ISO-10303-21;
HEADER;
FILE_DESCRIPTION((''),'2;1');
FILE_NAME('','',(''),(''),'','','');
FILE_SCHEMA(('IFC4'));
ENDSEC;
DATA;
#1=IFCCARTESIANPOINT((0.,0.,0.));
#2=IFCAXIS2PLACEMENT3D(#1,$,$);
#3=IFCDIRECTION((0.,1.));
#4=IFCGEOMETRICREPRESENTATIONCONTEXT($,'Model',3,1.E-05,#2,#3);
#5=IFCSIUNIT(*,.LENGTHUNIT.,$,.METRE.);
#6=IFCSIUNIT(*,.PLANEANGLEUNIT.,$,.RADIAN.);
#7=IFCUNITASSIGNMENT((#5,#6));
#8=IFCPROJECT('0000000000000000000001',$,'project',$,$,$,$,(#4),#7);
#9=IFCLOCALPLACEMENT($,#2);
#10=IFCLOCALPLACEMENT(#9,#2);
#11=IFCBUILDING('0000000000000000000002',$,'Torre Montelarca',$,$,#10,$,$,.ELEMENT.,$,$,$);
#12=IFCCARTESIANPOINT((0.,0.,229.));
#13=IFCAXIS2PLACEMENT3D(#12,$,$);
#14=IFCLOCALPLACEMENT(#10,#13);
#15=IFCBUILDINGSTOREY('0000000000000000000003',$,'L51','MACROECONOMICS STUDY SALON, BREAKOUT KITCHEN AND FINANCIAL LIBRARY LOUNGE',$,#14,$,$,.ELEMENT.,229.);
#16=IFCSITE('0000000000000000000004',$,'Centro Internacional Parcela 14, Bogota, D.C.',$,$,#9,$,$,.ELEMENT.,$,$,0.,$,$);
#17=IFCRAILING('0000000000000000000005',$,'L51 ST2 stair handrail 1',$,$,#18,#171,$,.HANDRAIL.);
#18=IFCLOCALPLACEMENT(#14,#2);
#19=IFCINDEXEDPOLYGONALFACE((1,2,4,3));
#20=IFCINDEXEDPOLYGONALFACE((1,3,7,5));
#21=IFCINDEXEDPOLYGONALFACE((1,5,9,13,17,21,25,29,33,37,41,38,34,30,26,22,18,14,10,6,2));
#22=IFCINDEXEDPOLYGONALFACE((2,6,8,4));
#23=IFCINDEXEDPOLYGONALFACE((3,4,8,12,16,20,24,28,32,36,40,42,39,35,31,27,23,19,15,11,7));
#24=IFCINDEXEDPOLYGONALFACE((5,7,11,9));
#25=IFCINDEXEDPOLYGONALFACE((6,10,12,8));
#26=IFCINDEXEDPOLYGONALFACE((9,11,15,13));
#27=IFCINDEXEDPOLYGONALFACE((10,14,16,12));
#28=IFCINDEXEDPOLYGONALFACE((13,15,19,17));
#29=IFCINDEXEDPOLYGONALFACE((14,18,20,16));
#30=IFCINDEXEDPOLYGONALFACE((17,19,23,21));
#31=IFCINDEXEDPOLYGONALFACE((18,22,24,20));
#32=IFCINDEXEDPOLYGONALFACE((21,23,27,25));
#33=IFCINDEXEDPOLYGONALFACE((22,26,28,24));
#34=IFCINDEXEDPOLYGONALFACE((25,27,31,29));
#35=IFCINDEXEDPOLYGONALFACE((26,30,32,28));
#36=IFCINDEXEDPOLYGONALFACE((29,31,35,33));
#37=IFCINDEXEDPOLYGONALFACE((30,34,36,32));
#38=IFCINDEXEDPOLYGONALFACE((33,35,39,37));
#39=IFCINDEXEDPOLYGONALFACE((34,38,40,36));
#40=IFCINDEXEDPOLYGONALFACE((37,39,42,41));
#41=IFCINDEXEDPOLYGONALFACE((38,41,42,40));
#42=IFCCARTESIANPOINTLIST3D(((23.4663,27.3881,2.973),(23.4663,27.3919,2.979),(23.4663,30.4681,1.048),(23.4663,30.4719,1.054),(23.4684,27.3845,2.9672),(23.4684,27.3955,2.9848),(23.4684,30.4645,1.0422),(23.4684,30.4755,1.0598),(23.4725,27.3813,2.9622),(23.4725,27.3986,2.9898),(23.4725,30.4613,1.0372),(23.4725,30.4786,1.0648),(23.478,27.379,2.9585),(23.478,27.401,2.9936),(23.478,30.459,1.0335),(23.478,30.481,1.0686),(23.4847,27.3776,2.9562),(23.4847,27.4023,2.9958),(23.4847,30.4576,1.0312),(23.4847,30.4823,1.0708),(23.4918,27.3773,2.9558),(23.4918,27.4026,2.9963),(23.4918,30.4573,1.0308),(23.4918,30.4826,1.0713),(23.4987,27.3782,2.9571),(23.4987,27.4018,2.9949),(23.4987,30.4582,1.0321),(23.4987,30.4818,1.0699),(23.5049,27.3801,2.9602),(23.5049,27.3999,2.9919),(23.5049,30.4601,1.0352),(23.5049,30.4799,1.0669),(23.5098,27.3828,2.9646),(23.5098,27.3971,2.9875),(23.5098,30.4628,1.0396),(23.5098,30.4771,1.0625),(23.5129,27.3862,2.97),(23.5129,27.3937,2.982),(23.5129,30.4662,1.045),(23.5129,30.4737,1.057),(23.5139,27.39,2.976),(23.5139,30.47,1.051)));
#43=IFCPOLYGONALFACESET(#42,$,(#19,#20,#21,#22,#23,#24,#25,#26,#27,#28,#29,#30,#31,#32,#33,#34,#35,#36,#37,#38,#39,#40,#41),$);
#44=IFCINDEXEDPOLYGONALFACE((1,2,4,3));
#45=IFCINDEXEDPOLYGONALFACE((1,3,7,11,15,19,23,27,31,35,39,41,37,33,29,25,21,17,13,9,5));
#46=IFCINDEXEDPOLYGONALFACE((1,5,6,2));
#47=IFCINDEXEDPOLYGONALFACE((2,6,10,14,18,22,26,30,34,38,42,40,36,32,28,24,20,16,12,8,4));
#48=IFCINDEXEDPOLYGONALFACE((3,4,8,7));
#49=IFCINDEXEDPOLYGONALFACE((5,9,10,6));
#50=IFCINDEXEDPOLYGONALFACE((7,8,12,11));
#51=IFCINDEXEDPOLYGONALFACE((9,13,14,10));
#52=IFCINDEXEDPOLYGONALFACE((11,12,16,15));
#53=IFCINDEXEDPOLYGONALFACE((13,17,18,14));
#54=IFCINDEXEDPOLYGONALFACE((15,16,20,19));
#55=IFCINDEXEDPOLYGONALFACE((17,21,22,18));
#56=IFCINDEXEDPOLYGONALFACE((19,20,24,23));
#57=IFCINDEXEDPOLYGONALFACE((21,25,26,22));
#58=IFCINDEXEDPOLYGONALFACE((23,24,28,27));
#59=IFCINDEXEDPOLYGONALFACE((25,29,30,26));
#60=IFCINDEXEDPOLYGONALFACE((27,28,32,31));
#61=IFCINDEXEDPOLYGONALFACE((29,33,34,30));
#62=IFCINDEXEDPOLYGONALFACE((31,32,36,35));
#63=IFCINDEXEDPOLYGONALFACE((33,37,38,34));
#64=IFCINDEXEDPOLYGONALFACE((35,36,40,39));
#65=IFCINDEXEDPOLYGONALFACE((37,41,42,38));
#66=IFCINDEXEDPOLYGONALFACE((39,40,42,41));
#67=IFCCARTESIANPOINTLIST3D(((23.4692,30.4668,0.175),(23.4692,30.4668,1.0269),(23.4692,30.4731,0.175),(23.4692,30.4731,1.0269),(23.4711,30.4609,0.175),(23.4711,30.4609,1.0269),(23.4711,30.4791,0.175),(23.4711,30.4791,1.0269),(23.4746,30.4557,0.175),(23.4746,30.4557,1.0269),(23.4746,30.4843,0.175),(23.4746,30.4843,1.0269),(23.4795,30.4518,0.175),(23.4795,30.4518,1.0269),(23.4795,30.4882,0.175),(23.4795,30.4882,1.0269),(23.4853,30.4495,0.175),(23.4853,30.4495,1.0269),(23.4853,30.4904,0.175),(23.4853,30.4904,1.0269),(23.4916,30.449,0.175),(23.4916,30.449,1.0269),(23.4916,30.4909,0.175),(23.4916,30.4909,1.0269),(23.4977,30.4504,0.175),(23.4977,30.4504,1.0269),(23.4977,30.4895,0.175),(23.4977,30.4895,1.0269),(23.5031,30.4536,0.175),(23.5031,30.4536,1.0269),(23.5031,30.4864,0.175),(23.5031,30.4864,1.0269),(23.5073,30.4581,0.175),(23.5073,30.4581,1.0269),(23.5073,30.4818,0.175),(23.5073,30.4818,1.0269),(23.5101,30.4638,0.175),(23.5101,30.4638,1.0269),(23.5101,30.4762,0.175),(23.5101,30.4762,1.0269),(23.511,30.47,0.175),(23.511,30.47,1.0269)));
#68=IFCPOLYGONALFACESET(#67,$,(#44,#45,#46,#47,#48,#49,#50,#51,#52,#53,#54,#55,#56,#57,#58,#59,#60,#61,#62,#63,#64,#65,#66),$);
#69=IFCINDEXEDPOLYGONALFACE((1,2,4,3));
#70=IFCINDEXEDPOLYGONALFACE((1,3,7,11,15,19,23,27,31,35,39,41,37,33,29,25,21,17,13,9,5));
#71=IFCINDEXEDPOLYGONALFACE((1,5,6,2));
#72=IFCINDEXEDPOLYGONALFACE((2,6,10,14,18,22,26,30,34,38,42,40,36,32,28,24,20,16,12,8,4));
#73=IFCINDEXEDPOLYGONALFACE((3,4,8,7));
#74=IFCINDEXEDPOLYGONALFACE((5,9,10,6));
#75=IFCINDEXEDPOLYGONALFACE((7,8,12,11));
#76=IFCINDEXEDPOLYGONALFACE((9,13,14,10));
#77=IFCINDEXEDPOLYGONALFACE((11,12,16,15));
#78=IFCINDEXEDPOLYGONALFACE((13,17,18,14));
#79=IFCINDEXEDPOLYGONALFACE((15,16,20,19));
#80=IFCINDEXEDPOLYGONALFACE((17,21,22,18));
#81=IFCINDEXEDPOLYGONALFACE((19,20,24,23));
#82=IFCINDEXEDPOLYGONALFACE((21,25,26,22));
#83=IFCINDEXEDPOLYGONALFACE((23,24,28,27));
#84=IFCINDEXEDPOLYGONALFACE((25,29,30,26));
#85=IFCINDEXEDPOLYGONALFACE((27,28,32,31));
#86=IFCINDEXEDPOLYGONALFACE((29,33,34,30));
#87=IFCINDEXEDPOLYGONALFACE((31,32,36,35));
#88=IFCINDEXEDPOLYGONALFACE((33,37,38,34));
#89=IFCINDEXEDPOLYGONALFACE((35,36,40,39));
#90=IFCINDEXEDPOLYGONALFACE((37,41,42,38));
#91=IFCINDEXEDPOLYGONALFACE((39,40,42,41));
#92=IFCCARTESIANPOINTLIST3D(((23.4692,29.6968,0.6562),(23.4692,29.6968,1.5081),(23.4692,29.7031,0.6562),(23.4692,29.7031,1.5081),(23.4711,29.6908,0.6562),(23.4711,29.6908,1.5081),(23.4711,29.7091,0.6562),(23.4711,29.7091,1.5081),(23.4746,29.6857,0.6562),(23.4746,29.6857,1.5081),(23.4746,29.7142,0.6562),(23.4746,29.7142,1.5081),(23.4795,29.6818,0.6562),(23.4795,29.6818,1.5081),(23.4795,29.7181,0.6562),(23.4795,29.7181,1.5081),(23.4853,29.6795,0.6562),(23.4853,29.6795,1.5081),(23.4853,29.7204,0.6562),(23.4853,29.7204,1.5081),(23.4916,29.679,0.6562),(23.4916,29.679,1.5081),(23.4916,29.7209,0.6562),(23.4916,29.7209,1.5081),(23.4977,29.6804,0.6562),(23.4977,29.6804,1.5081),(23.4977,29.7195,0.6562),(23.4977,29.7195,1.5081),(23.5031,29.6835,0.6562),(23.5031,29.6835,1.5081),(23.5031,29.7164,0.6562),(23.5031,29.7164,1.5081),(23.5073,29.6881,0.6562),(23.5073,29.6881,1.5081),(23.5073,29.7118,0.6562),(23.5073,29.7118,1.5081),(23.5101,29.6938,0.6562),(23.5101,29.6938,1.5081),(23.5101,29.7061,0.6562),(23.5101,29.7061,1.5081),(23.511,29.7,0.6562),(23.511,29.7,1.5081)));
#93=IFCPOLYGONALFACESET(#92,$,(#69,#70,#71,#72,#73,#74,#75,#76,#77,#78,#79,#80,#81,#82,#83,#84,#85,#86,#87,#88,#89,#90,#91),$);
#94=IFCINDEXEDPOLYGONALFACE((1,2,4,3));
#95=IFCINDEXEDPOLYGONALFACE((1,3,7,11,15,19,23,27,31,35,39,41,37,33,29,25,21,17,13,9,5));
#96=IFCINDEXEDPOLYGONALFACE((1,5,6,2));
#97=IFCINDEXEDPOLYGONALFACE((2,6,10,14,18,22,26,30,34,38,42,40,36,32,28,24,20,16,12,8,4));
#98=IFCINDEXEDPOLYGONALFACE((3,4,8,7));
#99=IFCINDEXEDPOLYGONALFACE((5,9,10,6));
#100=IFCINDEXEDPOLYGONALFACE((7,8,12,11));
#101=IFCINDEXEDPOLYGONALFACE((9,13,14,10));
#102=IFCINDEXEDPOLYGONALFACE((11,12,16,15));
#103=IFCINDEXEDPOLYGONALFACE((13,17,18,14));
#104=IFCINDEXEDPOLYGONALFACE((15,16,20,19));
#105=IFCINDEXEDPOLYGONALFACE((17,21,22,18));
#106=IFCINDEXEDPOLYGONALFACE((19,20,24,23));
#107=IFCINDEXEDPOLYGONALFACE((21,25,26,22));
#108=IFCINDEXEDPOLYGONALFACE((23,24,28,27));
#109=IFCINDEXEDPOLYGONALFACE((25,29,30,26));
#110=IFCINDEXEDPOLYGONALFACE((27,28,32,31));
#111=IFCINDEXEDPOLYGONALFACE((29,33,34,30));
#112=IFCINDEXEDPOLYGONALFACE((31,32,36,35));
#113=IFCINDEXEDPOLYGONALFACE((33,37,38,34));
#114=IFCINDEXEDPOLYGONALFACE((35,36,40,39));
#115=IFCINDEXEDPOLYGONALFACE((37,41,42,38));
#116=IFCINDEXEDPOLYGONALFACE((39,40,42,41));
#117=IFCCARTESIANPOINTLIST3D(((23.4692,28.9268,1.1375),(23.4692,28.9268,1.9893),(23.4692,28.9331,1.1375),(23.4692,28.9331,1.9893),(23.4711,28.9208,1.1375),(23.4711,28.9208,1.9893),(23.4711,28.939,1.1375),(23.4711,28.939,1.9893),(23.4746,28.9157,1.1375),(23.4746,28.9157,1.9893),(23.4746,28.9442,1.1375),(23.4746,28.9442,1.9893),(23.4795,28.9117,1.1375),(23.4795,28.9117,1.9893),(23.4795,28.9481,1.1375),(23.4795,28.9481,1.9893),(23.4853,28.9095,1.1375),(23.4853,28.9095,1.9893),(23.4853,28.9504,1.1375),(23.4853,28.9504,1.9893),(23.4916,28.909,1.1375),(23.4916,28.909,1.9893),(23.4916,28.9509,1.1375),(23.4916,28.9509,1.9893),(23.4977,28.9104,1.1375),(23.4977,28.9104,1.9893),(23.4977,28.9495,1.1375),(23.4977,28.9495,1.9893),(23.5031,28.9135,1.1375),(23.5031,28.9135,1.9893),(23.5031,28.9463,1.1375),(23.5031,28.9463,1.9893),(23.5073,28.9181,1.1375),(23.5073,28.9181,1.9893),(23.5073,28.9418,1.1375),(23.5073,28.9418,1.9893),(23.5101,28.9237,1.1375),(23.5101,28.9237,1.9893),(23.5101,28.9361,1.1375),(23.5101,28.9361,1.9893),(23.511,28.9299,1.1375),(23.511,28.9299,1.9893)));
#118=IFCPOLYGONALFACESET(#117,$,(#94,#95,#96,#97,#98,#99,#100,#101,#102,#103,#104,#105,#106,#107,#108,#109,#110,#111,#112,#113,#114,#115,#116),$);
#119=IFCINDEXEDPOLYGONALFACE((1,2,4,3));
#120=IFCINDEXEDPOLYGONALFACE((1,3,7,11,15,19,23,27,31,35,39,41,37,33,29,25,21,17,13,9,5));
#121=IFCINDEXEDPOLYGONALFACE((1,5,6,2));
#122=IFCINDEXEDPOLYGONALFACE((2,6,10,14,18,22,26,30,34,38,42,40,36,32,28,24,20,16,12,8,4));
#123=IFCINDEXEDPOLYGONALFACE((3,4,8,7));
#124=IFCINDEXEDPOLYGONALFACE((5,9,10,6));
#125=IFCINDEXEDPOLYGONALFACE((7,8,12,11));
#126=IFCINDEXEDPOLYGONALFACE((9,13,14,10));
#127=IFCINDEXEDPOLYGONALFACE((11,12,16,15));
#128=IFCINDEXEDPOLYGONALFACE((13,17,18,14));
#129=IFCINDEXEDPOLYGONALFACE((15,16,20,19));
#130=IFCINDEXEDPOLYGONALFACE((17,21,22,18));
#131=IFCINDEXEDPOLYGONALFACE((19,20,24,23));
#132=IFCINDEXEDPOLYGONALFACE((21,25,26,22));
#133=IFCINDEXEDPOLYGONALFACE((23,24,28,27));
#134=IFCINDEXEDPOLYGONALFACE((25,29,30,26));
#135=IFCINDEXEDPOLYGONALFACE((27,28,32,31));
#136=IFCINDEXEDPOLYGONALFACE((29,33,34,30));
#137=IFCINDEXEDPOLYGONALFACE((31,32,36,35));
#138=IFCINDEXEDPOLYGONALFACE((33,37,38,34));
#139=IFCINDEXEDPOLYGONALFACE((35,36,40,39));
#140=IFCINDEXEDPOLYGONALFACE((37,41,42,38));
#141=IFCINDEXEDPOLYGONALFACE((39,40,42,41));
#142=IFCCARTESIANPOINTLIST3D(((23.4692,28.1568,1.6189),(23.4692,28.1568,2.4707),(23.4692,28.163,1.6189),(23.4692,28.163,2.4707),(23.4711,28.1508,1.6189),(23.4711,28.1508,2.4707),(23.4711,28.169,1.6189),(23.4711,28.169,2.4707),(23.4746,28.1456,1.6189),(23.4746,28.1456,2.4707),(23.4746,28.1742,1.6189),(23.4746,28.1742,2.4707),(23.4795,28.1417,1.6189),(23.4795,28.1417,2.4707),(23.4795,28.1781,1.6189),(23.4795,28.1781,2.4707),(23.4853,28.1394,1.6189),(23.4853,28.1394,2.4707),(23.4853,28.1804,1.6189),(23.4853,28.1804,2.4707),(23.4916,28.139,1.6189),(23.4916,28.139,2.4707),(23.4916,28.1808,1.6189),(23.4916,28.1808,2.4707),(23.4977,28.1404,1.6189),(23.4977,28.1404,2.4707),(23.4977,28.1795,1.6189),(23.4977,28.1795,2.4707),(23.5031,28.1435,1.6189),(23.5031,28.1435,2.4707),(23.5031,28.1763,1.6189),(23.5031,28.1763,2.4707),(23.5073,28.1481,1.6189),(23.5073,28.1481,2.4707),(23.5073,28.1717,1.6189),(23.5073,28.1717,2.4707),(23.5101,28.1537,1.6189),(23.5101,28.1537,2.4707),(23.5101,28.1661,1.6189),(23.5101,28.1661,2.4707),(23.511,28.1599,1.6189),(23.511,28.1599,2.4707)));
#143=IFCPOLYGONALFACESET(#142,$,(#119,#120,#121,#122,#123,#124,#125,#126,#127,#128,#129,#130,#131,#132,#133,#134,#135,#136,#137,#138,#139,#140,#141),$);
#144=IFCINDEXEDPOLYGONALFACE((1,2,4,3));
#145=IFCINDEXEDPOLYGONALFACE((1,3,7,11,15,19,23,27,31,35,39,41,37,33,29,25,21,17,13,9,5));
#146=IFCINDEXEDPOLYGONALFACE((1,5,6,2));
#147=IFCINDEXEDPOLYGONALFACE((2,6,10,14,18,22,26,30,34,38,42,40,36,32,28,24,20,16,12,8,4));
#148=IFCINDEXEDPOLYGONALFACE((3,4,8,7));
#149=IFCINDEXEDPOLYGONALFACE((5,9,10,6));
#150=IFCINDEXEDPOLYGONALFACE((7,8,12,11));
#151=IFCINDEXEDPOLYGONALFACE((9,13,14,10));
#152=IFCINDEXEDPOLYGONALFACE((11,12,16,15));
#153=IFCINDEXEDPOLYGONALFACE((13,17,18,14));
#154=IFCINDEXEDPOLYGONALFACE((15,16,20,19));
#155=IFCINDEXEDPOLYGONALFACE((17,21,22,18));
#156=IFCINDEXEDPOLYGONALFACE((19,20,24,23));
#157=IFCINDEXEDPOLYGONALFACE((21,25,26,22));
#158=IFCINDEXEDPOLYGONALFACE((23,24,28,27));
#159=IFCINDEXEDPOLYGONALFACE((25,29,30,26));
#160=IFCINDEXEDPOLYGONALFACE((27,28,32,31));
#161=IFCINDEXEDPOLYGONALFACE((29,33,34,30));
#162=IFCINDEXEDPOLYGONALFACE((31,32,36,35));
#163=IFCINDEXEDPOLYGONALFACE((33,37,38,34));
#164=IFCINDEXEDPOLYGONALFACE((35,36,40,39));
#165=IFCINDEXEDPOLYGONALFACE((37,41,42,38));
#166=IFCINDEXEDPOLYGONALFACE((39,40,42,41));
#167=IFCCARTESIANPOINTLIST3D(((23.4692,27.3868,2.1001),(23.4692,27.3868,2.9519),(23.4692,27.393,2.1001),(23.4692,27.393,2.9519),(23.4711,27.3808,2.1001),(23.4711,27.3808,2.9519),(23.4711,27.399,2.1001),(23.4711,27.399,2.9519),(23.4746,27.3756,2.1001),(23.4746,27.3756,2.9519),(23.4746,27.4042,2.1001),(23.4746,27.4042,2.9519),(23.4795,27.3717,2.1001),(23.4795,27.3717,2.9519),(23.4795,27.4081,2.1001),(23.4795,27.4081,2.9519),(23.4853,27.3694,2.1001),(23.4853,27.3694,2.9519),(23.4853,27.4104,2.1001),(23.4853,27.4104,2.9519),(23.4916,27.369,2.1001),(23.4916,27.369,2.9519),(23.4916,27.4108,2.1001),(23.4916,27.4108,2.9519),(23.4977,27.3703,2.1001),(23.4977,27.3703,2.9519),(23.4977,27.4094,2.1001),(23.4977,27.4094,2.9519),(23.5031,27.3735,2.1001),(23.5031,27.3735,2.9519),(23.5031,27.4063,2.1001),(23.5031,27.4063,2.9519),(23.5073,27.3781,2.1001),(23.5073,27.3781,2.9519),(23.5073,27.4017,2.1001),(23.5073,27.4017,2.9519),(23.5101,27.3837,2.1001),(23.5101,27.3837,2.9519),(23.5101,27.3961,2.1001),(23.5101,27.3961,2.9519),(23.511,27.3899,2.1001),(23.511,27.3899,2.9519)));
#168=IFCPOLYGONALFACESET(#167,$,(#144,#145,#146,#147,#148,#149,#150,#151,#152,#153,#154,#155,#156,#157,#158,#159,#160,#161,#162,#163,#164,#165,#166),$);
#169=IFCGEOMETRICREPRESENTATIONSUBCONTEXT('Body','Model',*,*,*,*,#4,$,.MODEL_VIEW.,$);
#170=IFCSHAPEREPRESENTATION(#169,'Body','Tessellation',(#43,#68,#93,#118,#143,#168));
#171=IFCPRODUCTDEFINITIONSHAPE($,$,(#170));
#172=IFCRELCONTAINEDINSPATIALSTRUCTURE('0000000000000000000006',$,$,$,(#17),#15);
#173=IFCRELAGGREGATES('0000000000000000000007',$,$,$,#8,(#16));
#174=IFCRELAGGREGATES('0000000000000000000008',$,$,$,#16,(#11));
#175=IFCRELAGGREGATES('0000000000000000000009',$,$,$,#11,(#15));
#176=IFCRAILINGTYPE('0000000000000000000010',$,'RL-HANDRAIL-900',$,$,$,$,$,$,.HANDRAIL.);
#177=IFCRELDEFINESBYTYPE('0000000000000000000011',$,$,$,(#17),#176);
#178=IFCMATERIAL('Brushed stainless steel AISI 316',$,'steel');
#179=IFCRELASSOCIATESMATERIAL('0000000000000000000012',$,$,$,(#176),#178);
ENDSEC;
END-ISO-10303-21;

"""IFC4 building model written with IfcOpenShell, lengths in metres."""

from ifc_helpers import new_model, si_unit, direction, frame, origin, origin_2d, place, context, subcontext, project, spatial, circle, extrude, material, type_object, element, save


model = new_model("IFC4")

# Units and contexts
model_context = context("Model", 3, precision=1e-05, world=origin(), true_north=direction((0.0, 1.0)))
body_context = subcontext(model_context, "Body", "Model", "MODEL_VIEW")
ifc_project = project(units=[si_unit("LENGTHUNIT", "METRE"), si_unit("PLANEANGLEUNIT", "RADIAN")], contexts=[model_context])

# Site, building, storey
site_placement = place(None, origin())
site = spatial("IfcSite", under=ifc_project, at=site_placement, Name="Centro Internacional Parcela 14, Bogota, D.C.", CompositionType="ELEMENT", RefElevation=0.0)
building_placement = place(site_placement, origin())
building = spatial("IfcBuilding", under=site, at=building_placement, Name="Torre Montelarca", CompositionType="ELEMENT")
storey_placement = place(building_placement, frame((0.0, 0.0, 229.0)))
storey = spatial("IfcBuildingStorey", under=building, at=storey_placement, Name="L51", Description="MACROECONOMICS STUDY SALON, BREAKOUT KITCHEN AND FINANCIAL LIBRARY LOUNGE", CompositionType="ELEMENT", Elevation=229.0)

# Railing
ifc_material_1 = material(Name="Brushed stainless steel AISI 316", Category="steel")
railing_type_1 = type_object("IfcRailingType", Name="RL-HANDRAIL-900", PredefinedType="HANDRAIL", material=ifc_material_1)
railing_1_placement = place(storey_placement, frame((23.49, 30.47, 0.175)))
element("IfcRailing", 1, at=railing_1_placement, inside=storey, type_object=railing_type_1, Name="L51 ST2 stair handrail 1", PredefinedType="HANDRAIL", context=body_context, shape_type="SweptSolid", body=[
    extrude(circle(Radius=0.0239, at=origin_2d()), frame((0.0, 0.0, 0.876), z_axis=(0.0, -0.847998, 0.529999), x_axis=(1.0, 0.0, 0.0)), (0.0, 0.0, 1.0), 3.6321),
    extrude(circle(Radius=0.021, at=origin_2d()), origin(), (0.0, 0.0, 1.0), 0.8518),
    extrude(circle(Radius=0.021, at=origin_2d()), frame((0.0, -0.77, 0.4812)), (0.0, 0.0, 1.0), 0.8518),
    extrude(circle(Radius=0.021, at=origin_2d()), frame((0.0, -1.54, 0.9624)), (0.0, 0.0, 1.0), 0.8518),
    extrude(circle(Radius=0.021, at=origin_2d()), frame((0.0, -2.3101, 1.4438)), (0.0, 0.0, 1.0), 0.8518),
    extrude(circle(Radius=0.021, at=origin_2d()), frame((0.0, -3.0801, 1.925)), (0.0, 0.0, 1.0), 0.8518),
])

save(model, "model.ifc")
